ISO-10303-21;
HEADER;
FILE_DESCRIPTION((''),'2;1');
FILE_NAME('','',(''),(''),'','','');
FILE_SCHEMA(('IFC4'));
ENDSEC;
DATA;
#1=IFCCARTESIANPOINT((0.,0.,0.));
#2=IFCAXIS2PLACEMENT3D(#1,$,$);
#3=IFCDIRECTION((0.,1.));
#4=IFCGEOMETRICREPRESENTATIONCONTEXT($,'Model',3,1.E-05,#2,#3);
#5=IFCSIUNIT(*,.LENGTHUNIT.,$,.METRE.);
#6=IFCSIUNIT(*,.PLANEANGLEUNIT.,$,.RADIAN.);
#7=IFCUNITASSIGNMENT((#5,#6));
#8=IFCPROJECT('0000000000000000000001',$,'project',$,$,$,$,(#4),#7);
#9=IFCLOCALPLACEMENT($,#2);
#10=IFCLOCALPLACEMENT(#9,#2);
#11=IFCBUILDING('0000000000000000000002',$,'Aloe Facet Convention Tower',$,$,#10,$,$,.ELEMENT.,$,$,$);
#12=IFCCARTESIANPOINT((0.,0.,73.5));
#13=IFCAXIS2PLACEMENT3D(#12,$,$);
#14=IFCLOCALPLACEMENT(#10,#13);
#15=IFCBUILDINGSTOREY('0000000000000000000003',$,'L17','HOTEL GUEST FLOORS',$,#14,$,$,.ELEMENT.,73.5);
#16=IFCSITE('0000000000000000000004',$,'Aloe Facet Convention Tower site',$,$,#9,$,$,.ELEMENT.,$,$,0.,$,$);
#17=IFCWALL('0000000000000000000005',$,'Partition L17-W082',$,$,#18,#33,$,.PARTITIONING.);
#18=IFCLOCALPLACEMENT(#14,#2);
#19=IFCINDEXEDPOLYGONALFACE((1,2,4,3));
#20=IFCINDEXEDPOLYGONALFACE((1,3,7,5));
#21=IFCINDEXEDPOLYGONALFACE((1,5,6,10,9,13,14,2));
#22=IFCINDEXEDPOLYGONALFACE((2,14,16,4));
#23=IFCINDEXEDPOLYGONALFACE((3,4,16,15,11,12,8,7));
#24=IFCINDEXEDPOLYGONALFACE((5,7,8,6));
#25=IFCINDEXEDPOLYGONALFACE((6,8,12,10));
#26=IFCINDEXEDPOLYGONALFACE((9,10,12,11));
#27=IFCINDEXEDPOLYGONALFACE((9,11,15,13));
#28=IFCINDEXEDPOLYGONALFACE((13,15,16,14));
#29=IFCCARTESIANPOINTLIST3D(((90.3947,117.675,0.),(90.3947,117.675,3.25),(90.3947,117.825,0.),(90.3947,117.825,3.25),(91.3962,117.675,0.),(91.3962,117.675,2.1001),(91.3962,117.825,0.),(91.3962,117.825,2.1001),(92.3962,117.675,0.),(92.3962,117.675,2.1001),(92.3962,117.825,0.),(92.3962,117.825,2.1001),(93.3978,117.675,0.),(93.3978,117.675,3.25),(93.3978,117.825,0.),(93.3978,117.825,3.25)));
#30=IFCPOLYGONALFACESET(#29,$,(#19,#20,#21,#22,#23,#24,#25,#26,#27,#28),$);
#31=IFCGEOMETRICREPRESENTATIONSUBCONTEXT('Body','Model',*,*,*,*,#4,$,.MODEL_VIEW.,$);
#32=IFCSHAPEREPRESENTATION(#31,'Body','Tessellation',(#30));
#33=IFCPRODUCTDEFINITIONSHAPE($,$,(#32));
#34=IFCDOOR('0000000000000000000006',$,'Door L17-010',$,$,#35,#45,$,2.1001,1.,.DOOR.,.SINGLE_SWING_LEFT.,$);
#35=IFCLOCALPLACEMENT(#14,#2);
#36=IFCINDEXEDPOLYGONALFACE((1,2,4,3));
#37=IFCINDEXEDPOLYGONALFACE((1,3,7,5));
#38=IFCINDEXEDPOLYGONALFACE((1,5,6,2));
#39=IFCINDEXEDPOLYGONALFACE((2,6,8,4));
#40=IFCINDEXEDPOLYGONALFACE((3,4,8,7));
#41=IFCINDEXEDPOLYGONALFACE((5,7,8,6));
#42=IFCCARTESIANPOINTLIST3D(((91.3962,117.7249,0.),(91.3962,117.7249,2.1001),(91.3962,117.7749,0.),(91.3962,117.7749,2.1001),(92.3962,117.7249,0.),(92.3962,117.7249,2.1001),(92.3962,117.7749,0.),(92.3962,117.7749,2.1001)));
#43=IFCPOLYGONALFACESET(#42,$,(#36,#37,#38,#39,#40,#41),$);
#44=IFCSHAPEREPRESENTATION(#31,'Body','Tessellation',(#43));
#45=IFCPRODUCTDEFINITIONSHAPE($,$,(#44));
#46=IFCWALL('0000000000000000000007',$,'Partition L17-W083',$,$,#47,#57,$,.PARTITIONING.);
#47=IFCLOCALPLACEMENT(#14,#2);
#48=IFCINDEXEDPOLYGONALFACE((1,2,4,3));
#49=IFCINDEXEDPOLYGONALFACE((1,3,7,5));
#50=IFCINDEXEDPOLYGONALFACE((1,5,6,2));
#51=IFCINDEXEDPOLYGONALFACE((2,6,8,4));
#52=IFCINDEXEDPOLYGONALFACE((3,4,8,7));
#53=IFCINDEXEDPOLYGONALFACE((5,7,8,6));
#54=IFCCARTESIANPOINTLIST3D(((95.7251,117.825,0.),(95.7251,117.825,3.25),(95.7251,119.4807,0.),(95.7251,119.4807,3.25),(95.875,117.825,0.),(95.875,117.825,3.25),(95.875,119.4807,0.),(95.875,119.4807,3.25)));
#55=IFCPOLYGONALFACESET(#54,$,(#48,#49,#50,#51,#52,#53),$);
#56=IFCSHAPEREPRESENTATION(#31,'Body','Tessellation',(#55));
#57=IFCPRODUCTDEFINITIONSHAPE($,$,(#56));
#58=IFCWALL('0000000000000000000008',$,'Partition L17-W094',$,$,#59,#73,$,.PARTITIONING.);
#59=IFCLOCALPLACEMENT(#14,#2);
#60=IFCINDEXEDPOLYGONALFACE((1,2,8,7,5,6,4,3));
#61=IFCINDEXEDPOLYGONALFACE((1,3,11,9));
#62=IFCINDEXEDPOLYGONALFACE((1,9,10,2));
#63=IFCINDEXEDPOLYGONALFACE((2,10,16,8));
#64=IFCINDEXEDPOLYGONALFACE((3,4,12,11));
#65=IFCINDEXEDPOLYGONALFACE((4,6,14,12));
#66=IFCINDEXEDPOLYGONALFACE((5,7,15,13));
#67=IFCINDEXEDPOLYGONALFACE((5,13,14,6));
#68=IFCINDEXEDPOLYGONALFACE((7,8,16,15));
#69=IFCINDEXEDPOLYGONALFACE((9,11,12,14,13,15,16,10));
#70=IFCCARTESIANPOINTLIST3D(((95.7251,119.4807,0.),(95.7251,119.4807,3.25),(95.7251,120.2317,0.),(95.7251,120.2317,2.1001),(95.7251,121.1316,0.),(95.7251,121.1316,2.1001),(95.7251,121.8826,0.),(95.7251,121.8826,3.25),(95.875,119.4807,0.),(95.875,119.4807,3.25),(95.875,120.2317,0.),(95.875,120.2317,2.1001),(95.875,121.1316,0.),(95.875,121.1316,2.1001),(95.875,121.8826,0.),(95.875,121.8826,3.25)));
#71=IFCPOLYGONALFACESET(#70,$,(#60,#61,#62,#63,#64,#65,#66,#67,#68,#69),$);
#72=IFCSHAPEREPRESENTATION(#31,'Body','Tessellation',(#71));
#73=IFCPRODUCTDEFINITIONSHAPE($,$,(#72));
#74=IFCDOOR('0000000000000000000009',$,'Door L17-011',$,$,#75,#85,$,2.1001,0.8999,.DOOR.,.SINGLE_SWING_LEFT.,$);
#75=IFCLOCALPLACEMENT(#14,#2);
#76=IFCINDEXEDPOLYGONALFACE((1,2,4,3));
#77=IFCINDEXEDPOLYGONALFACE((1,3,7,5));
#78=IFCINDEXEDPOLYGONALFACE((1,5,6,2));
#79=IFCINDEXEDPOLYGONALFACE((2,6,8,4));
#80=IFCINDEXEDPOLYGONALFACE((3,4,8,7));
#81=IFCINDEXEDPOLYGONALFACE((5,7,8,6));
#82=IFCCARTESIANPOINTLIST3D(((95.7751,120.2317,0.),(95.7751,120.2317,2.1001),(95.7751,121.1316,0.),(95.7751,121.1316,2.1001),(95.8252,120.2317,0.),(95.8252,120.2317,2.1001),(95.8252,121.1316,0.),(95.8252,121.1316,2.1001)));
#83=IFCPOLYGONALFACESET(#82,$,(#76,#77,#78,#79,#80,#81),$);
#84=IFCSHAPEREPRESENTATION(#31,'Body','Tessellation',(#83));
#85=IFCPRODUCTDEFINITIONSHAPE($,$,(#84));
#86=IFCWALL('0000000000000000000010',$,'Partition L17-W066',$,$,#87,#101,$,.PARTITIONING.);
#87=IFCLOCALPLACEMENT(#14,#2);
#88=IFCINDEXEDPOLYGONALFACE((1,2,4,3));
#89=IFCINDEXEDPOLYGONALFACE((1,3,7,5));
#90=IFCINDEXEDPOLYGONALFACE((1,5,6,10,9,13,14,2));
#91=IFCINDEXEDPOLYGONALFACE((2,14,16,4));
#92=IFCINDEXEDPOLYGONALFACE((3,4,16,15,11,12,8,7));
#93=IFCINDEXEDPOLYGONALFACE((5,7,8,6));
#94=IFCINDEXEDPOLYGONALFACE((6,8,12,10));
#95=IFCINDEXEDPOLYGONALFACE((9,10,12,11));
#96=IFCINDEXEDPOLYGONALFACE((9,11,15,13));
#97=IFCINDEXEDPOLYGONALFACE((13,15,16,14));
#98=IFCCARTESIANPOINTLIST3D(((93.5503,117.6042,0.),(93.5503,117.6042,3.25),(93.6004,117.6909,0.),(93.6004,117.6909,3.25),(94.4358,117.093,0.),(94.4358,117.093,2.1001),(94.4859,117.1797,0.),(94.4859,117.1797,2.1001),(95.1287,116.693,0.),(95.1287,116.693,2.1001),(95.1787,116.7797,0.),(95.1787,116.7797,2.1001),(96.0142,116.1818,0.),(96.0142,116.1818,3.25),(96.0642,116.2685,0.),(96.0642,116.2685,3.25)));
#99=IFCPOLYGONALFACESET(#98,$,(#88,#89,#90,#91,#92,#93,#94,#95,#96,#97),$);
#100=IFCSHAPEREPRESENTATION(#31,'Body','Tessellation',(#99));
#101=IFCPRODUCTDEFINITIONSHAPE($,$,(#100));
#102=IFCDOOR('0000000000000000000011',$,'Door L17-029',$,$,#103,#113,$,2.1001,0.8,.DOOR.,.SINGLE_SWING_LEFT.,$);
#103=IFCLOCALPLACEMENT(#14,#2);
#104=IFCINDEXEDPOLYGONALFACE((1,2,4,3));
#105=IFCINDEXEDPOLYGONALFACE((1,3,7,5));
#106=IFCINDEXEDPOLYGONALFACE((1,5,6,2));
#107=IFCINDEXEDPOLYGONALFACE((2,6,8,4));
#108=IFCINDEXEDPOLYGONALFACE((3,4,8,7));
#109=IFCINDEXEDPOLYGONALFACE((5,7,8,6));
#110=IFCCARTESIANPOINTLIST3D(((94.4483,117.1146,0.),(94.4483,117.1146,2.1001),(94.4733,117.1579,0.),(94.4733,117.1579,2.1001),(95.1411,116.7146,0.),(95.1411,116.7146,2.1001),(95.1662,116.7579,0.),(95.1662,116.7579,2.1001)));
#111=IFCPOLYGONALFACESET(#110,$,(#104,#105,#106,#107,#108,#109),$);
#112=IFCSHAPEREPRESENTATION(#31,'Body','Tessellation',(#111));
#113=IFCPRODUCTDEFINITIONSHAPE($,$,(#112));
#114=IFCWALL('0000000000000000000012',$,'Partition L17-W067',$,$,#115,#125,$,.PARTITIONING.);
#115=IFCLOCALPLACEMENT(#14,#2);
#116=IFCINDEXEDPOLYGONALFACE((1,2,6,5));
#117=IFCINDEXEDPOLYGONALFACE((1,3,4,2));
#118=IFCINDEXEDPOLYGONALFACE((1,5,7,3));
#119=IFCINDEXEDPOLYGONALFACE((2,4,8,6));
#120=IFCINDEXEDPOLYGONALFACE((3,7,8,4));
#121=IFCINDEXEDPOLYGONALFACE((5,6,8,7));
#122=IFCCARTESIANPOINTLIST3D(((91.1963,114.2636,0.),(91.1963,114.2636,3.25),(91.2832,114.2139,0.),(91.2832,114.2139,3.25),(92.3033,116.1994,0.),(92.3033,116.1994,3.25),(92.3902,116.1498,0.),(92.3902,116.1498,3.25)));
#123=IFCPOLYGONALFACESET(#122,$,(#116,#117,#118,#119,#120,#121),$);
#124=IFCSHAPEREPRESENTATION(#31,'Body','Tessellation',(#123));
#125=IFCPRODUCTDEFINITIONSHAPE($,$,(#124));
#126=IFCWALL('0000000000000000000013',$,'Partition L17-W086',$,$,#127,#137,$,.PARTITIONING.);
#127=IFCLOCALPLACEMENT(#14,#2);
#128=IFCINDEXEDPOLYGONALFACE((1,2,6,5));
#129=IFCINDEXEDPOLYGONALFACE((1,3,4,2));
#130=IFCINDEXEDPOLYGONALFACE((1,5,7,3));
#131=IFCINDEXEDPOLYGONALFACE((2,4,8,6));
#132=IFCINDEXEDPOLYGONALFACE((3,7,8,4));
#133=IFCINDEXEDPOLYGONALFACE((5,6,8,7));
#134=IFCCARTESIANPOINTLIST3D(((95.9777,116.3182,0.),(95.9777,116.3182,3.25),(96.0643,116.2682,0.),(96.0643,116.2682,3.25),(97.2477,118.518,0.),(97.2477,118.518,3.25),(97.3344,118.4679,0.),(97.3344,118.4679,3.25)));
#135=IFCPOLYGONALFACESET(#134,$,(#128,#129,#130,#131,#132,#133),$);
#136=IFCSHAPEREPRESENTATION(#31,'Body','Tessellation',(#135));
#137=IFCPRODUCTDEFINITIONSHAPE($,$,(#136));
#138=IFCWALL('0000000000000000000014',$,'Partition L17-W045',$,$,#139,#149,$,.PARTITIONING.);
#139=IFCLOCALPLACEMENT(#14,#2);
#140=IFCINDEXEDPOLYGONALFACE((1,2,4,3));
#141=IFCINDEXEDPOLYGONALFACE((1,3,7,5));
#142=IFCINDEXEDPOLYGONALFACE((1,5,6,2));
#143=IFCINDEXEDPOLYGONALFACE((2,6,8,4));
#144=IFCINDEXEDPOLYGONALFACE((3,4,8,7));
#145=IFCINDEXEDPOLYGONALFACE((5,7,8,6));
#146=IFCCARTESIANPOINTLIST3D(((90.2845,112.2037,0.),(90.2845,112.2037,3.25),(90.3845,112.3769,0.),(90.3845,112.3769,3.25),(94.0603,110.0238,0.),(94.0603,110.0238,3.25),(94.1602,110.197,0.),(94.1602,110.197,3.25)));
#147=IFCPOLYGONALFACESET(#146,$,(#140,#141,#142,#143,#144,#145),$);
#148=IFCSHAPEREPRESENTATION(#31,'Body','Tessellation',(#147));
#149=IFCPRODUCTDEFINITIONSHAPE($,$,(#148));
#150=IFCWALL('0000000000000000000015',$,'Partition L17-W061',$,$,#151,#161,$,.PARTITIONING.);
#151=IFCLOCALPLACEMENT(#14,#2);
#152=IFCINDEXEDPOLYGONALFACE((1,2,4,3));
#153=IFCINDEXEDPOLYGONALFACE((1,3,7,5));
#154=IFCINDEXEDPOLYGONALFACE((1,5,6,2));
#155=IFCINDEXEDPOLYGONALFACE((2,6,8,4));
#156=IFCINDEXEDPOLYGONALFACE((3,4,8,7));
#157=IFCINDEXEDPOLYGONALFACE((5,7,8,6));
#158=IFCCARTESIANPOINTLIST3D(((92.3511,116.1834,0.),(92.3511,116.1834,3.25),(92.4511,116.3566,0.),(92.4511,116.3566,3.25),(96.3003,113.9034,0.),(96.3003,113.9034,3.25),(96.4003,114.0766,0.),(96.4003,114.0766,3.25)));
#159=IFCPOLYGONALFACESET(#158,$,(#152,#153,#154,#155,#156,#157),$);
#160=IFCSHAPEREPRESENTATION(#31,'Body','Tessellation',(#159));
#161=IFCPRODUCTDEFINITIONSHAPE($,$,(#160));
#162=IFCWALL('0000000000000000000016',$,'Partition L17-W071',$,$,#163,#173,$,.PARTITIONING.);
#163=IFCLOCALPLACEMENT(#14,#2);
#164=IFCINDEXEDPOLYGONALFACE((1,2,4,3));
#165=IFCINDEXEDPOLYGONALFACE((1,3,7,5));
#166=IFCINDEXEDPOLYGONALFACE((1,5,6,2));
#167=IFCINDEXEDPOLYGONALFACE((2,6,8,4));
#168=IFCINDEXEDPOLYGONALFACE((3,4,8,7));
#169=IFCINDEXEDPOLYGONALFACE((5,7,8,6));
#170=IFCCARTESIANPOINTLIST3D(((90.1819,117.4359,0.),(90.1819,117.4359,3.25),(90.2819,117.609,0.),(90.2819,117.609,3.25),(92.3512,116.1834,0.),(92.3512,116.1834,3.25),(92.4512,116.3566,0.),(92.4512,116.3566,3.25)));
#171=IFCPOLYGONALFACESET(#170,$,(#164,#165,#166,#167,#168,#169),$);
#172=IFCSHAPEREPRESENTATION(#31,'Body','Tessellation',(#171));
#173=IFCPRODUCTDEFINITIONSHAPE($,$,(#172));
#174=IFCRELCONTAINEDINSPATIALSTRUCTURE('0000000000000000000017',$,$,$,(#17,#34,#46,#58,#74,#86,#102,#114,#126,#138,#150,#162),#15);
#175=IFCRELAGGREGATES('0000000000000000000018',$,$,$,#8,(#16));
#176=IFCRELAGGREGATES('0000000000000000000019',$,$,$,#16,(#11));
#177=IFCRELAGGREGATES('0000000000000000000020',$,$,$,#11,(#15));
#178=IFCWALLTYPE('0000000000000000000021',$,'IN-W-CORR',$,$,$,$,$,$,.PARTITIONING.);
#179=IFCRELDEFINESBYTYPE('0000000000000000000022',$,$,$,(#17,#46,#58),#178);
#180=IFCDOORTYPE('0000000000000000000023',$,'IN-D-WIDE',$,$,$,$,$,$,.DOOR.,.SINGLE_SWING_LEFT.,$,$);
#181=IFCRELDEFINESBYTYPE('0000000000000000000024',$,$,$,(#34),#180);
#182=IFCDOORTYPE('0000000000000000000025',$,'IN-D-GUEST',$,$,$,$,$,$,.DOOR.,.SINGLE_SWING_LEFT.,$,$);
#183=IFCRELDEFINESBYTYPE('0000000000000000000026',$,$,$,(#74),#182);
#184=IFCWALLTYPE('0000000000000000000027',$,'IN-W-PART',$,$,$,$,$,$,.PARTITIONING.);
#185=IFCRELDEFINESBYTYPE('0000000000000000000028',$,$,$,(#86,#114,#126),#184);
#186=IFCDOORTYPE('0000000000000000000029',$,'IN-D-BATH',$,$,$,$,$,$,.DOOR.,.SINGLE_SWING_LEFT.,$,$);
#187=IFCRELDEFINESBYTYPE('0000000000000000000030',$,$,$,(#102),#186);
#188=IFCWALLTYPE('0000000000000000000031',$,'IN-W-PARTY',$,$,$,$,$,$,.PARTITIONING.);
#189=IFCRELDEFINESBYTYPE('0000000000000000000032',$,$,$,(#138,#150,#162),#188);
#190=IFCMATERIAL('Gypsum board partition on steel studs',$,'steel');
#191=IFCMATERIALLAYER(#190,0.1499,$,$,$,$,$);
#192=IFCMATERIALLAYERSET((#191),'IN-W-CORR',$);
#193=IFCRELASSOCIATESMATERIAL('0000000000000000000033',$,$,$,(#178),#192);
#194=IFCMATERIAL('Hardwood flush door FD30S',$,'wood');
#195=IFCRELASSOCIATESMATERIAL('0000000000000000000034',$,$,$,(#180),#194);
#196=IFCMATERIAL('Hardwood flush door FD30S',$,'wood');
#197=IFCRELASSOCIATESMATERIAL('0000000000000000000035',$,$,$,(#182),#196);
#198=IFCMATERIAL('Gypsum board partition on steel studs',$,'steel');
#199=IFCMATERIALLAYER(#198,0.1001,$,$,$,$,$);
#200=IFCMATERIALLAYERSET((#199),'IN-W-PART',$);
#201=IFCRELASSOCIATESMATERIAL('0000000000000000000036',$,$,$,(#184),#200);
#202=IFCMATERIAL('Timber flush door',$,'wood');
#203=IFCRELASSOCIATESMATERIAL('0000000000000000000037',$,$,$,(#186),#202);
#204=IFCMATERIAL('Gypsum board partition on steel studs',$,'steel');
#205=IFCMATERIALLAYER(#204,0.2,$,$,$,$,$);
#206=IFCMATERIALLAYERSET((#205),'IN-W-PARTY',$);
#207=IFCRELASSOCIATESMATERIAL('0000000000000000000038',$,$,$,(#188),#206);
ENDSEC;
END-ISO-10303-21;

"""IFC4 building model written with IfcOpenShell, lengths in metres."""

from ifc_helpers import new_model, si_unit, direction, frame, frame_2d, origin, place, context, subcontext, project, spatial, rectangle, extrude, material, layer, layer_set, type_object, element, fill, save


model = new_model("IFC4")

# Units and contexts
model_context = context("Model", 3, precision=1e-05, world=origin(), true_north=direction((0.0, 1.0)))
body_context = subcontext(model_context, "Body", "Model", "MODEL_VIEW")
ifc_project = project(units=[si_unit("LENGTHUNIT", "METRE"), si_unit("PLANEANGLEUNIT", "RADIAN")], contexts=[model_context])

# Site, building, storey
site_placement = place(None, origin())
site = spatial("IfcSite", under=ifc_project, at=site_placement, Name="Aloe Facet Convention Tower site", CompositionType="ELEMENT", RefElevation=0.0)
building_placement = place(site_placement, origin())
building = spatial("IfcBuilding", under=site, at=building_placement, Name="Aloe Facet Convention Tower", CompositionType="ELEMENT")
storey_placement = place(building_placement, frame((0.0, 0.0, 73.5)))
storey = spatial("IfcBuildingStorey", under=building, at=storey_placement, Name="L17", Description="HOTEL GUEST FLOORS", CompositionType="ELEMENT", Elevation=73.5)

# Shared definitions
ifc_material_1 = material(Name="Gypsum board partition on steel studs", Category="steel")
ifc_layer_1 = layer(ifc_material_1, 0.1499)
ifc_layer_set_1 = layer_set([ifc_layer_1], Name="IN-W-CORR")
wall_type_1 = type_object("IfcWallType", Name="IN-W-CORR", PredefinedType="PARTITIONING", material=ifc_layer_set_1)

# Wall, opening, door
wall_1_placement = place(storey_placement, frame((90.3948, 117.75, 0.0), z_axis=(0.0, 0.0, 1.0), x_axis=(1.0, 0.0, 0.0)))
wall_1 = element("IfcWall", 1, at=wall_1_placement, inside=storey, type_object=wall_type_1, Name="Partition L17-W082", PredefinedType="PARTITIONING", context=body_context, shape_type="SweptSolid", body=[
    extrude(rectangle(XDim=3.0032, YDim=0.1499, at=frame_2d((1.5015, 0.0))), origin(), (0.0, 0.0, 1.0), 3.25),
])
opening_1_placement = place(wall_1_placement, frame((1.0015, 0.0, 0.0)))
opening_1 = element("IfcOpeningElement", 2, at=opening_1_placement, cuts=wall_1, PredefinedType="OPENING", context=body_context, shape_type="SweptSolid", body=[
    extrude(rectangle(XDim=1.0, YDim=2.1001, at=frame_2d((0.5, 1.05))), frame((0.0, 0.085, 0.0), z_axis=(0.0, -1.0, 0.0), x_axis=(1.0, 0.0, 0.0)), (0.0, 0.0, 1.0), 0.1699),
])
ifc_material_2 = material(Name="Hardwood flush door FD30S", Category="wood")
door_type_1 = type_object("IfcDoorType", Name="IN-D-WIDE", OperationType="SINGLE_SWING_LEFT", PredefinedType="DOOR", material=ifc_material_2)
door_1_placement = place(opening_1_placement, origin())
door_1 = element("IfcDoor", 3, at=door_1_placement, inside=storey, type_object=door_type_1, Name="Door L17-010", OperationType="SINGLE_SWING_LEFT", OverallHeight=2.1001, OverallWidth=1.0, PredefinedType="DOOR", context=body_context, shape_type="SweptSolid", body=[
    extrude(rectangle(XDim=1.0, YDim=2.1001, at=frame_2d((0.5, 1.05))), frame((0.0, 0.0249, 0.0), z_axis=(0.0, -1.0, 0.0), x_axis=(1.0, 0.0, 0.0)), (0.0, 0.0, 1.0), 0.05),
])
fill(opening_1, door_1)

# Wall
wall_2_placement = place(storey_placement, frame((95.8, 117.825, 0.0), z_axis=(0.0, 0.0, 1.0), x_axis=(0.0, 1.0, 0.0)))
element("IfcWall", 4, at=wall_2_placement, inside=storey, type_object=wall_type_1, Name="Partition L17-W083", PredefinedType="PARTITIONING", context=body_context, shape_type="SweptSolid", body=[
    extrude(rectangle(XDim=1.6558, YDim=0.1499, at=frame_2d((0.8279, 0.0))), origin(), (0.0, 0.0, 1.0), 3.25),
])

# Walls, openings, doors
wall_3_placement = place(storey_placement, frame((95.8, 119.4807, 0.0), z_axis=(0.0, 0.0, 1.0), x_axis=(0.0, 1.0, 0.0)))
wall_3 = element("IfcWall", 5, at=wall_3_placement, inside=storey, type_object=wall_type_1, Name="Partition L17-W094", PredefinedType="PARTITIONING", context=body_context, shape_type="SweptSolid", body=[
    extrude(rectangle(XDim=2.4019, YDim=0.1499, at=frame_2d((1.2009, 0.0))), origin(), (0.0, 0.0, 1.0), 3.25),
])
opening_2_placement = place(wall_3_placement, frame((0.751, 0.0, 0.0)))
opening_2 = element("IfcOpeningElement", 6, at=opening_2_placement, cuts=wall_3, PredefinedType="OPENING", context=body_context, shape_type="SweptSolid", body=[
    extrude(rectangle(XDim=0.8999, YDim=2.1001, at=frame_2d((0.45, 1.05))), frame((0.0, 0.085, 0.0), z_axis=(0.0, -1.0, 0.0), x_axis=(1.0, 0.0, 0.0)), (0.0, 0.0, 1.0), 0.1699),
])
ifc_material_3 = material(Name="Hardwood flush door FD30S", Category="wood")
door_type_2 = type_object("IfcDoorType", Name="IN-D-GUEST", OperationType="SINGLE_SWING_LEFT", PredefinedType="DOOR", material=ifc_material_3)
door_2_placement = place(opening_2_placement, origin())
door_2 = element("IfcDoor", 7, at=door_2_placement, inside=storey, type_object=door_type_2, Name="Door L17-011", OperationType="SINGLE_SWING_LEFT", OverallHeight=2.1001, OverallWidth=0.8999, PredefinedType="DOOR", context=body_context, shape_type="SweptSolid", body=[
    extrude(rectangle(XDim=0.8999, YDim=2.1001, at=frame_2d((0.45, 1.05))), frame((0.0, 0.0249, 0.0), z_axis=(0.0, -1.0, 0.0), x_axis=(1.0, 0.0, 0.0)), (0.0, 0.0, 1.0), 0.05),
])
fill(opening_2, door_2)
ifc_material_4 = material(Name="Gypsum board partition on steel studs", Category="steel")
ifc_layer_2 = layer(ifc_material_4, 0.1001)
ifc_layer_set_2 = layer_set([ifc_layer_2], Name="IN-W-PART")
wall_type_2 = type_object("IfcWallType", Name="IN-W-PART", PredefinedType="PARTITIONING", material=ifc_layer_set_2)
wall_4_placement = place(storey_placement, frame((93.5754, 117.6475, 0.0), z_axis=(0.0, 0.0, 1.0), x_axis=(0.866048, -0.49996, 0.0)))
wall_4 = element("IfcWall", 8, at=wall_4_placement, inside=storey, type_object=wall_type_2, Name="Partition L17-W066", PredefinedType="PARTITIONING", context=body_context, shape_type="SweptSolid", body=[
    extrude(rectangle(XDim=2.845, YDim=0.1001, at=frame_2d((1.4224, 0.0))), origin(), (0.0, 0.0, 1.0), 3.25),
])
opening_3_placement = place(wall_4_placement, frame((1.0225, 0.0, 0.0)))
opening_3 = element("IfcOpeningElement", 9, at=opening_3_placement, cuts=wall_4, PredefinedType="OPENING", context=body_context, shape_type="SweptSolid", body=[
    extrude(rectangle(XDim=0.8, YDim=2.1001, at=frame_2d((0.3999, 1.05))), frame((0.0, 0.0601, 0.0), z_axis=(0.0, -1.0, 0.0), x_axis=(1.0, 0.0, 0.0)), (0.0, 0.0, 1.0), 0.1201),
])
ifc_material_5 = material(Name="Timber flush door", Category="wood")
door_type_3 = type_object("IfcDoorType", Name="IN-D-BATH", OperationType="SINGLE_SWING_LEFT", PredefinedType="DOOR", material=ifc_material_5)
door_3_placement = place(opening_3_placement, origin())
door_3 = element("IfcDoor", 10, at=door_3_placement, inside=storey, type_object=door_type_3, Name="Door L17-029", OperationType="SINGLE_SWING_LEFT", OverallHeight=2.1001, OverallWidth=0.8, PredefinedType="DOOR", context=body_context, shape_type="SweptSolid", body=[
    extrude(rectangle(XDim=0.8, YDim=2.1001, at=frame_2d((0.3999, 1.05))), frame((0.0, 0.0249, 0.0), z_axis=(0.0, -1.0, 0.0), x_axis=(1.0, 0.0, 0.0)), (0.0, 0.0, 1.0), 0.05),
])
fill(opening_3, door_3)

# Walls
wall_5_placement = place(storey_placement, frame((91.2397, 114.2388, 0.0), z_axis=(0.0, 0.0, 1.0), x_axis=(0.496398, 0.868095, 0.0)))
element("IfcWall", 11, at=wall_5_placement, inside=storey, type_object=wall_type_2, Name="Partition L17-W067", PredefinedType="PARTITIONING", context=body_context, shape_type="SweptSolid", body=[
    extrude(rectangle(XDim=2.23, YDim=0.1001, at=frame_2d((1.115, 0.0))), origin(), (0.0, 0.0, 1.0), 3.25),
])
wall_6_placement = place(storey_placement, frame((96.021, 116.2932, 0.0), z_axis=(0.0, 0.0, 1.0), x_axis=(0.500005, 0.866022, 0.0)))
element("IfcWall", 12, at=wall_6_placement, inside=storey, type_object=wall_type_2, Name="Partition L17-W086", PredefinedType="PARTITIONING", context=body_context, shape_type="SweptSolid", body=[
    extrude(rectangle(XDim=2.54, YDim=0.1001, at=frame_2d((1.27, 0.0))), origin(), (0.0, 0.0, 1.0), 3.25),
])
ifc_material_6 = material(Name="Gypsum board partition on steel studs", Category="steel")
ifc_layer_3 = layer(ifc_material_6, 0.2)
ifc_layer_set_3 = layer_set([ifc_layer_3], Name="IN-W-PARTY")
wall_type_3 = type_object("IfcWallType", Name="IN-W-PARTY", PredefinedType="PARTITIONING", material=ifc_layer_set_3)
wall_7_placement = place(storey_placement, frame((90.3345, 112.2903, 0.0), z_axis=(0.0, 0.0, 1.0), x_axis=(0.866033, -0.499987, 0.0)))
element("IfcWall", 13, at=wall_7_placement, inside=storey, type_object=wall_type_3, Name="Partition L17-W045", PredefinedType="PARTITIONING", context=body_context, shape_type="SweptSolid", body=[
    extrude(rectangle(XDim=4.3599, YDim=0.2, at=frame_2d((2.1799, 0.0))), origin(), (0.0, 0.0, 1.0), 3.25),
])
wall_8_placement = place(storey_placement, frame((92.4011, 116.27, 0.0), z_axis=(0.0, 0.0, 1.0), x_axis=(0.86603, -0.499991, 0.0)))
element("IfcWall", 14, at=wall_8_placement, inside=storey, type_object=wall_type_3, Name="Partition L17-W061", PredefinedType="PARTITIONING", context=body_context, shape_type="SweptSolid", body=[
    extrude(rectangle(XDim=4.5601, YDim=0.2, at=frame_2d((2.28, 0.0))), origin(), (0.0, 0.0, 1.0), 3.25),
])
wall_9_placement = place(storey_placement, frame((90.2319, 117.5225, 0.0), z_axis=(0.0, 0.0, 1.0), x_axis=(0.866015, -0.500018, 0.0)))
element("IfcWall", 15, at=wall_9_placement, inside=storey, type_object=wall_type_3, Name="Partition L17-W071", PredefinedType="PARTITIONING", context=body_context, shape_type="SweptSolid", body=[
    extrude(rectangle(XDim=2.5049, YDim=0.2, at=frame_2d((1.2524, 0.0))), origin(), (0.0, 0.0, 1.0), 3.25),
])

save(model, "model.ifc")
